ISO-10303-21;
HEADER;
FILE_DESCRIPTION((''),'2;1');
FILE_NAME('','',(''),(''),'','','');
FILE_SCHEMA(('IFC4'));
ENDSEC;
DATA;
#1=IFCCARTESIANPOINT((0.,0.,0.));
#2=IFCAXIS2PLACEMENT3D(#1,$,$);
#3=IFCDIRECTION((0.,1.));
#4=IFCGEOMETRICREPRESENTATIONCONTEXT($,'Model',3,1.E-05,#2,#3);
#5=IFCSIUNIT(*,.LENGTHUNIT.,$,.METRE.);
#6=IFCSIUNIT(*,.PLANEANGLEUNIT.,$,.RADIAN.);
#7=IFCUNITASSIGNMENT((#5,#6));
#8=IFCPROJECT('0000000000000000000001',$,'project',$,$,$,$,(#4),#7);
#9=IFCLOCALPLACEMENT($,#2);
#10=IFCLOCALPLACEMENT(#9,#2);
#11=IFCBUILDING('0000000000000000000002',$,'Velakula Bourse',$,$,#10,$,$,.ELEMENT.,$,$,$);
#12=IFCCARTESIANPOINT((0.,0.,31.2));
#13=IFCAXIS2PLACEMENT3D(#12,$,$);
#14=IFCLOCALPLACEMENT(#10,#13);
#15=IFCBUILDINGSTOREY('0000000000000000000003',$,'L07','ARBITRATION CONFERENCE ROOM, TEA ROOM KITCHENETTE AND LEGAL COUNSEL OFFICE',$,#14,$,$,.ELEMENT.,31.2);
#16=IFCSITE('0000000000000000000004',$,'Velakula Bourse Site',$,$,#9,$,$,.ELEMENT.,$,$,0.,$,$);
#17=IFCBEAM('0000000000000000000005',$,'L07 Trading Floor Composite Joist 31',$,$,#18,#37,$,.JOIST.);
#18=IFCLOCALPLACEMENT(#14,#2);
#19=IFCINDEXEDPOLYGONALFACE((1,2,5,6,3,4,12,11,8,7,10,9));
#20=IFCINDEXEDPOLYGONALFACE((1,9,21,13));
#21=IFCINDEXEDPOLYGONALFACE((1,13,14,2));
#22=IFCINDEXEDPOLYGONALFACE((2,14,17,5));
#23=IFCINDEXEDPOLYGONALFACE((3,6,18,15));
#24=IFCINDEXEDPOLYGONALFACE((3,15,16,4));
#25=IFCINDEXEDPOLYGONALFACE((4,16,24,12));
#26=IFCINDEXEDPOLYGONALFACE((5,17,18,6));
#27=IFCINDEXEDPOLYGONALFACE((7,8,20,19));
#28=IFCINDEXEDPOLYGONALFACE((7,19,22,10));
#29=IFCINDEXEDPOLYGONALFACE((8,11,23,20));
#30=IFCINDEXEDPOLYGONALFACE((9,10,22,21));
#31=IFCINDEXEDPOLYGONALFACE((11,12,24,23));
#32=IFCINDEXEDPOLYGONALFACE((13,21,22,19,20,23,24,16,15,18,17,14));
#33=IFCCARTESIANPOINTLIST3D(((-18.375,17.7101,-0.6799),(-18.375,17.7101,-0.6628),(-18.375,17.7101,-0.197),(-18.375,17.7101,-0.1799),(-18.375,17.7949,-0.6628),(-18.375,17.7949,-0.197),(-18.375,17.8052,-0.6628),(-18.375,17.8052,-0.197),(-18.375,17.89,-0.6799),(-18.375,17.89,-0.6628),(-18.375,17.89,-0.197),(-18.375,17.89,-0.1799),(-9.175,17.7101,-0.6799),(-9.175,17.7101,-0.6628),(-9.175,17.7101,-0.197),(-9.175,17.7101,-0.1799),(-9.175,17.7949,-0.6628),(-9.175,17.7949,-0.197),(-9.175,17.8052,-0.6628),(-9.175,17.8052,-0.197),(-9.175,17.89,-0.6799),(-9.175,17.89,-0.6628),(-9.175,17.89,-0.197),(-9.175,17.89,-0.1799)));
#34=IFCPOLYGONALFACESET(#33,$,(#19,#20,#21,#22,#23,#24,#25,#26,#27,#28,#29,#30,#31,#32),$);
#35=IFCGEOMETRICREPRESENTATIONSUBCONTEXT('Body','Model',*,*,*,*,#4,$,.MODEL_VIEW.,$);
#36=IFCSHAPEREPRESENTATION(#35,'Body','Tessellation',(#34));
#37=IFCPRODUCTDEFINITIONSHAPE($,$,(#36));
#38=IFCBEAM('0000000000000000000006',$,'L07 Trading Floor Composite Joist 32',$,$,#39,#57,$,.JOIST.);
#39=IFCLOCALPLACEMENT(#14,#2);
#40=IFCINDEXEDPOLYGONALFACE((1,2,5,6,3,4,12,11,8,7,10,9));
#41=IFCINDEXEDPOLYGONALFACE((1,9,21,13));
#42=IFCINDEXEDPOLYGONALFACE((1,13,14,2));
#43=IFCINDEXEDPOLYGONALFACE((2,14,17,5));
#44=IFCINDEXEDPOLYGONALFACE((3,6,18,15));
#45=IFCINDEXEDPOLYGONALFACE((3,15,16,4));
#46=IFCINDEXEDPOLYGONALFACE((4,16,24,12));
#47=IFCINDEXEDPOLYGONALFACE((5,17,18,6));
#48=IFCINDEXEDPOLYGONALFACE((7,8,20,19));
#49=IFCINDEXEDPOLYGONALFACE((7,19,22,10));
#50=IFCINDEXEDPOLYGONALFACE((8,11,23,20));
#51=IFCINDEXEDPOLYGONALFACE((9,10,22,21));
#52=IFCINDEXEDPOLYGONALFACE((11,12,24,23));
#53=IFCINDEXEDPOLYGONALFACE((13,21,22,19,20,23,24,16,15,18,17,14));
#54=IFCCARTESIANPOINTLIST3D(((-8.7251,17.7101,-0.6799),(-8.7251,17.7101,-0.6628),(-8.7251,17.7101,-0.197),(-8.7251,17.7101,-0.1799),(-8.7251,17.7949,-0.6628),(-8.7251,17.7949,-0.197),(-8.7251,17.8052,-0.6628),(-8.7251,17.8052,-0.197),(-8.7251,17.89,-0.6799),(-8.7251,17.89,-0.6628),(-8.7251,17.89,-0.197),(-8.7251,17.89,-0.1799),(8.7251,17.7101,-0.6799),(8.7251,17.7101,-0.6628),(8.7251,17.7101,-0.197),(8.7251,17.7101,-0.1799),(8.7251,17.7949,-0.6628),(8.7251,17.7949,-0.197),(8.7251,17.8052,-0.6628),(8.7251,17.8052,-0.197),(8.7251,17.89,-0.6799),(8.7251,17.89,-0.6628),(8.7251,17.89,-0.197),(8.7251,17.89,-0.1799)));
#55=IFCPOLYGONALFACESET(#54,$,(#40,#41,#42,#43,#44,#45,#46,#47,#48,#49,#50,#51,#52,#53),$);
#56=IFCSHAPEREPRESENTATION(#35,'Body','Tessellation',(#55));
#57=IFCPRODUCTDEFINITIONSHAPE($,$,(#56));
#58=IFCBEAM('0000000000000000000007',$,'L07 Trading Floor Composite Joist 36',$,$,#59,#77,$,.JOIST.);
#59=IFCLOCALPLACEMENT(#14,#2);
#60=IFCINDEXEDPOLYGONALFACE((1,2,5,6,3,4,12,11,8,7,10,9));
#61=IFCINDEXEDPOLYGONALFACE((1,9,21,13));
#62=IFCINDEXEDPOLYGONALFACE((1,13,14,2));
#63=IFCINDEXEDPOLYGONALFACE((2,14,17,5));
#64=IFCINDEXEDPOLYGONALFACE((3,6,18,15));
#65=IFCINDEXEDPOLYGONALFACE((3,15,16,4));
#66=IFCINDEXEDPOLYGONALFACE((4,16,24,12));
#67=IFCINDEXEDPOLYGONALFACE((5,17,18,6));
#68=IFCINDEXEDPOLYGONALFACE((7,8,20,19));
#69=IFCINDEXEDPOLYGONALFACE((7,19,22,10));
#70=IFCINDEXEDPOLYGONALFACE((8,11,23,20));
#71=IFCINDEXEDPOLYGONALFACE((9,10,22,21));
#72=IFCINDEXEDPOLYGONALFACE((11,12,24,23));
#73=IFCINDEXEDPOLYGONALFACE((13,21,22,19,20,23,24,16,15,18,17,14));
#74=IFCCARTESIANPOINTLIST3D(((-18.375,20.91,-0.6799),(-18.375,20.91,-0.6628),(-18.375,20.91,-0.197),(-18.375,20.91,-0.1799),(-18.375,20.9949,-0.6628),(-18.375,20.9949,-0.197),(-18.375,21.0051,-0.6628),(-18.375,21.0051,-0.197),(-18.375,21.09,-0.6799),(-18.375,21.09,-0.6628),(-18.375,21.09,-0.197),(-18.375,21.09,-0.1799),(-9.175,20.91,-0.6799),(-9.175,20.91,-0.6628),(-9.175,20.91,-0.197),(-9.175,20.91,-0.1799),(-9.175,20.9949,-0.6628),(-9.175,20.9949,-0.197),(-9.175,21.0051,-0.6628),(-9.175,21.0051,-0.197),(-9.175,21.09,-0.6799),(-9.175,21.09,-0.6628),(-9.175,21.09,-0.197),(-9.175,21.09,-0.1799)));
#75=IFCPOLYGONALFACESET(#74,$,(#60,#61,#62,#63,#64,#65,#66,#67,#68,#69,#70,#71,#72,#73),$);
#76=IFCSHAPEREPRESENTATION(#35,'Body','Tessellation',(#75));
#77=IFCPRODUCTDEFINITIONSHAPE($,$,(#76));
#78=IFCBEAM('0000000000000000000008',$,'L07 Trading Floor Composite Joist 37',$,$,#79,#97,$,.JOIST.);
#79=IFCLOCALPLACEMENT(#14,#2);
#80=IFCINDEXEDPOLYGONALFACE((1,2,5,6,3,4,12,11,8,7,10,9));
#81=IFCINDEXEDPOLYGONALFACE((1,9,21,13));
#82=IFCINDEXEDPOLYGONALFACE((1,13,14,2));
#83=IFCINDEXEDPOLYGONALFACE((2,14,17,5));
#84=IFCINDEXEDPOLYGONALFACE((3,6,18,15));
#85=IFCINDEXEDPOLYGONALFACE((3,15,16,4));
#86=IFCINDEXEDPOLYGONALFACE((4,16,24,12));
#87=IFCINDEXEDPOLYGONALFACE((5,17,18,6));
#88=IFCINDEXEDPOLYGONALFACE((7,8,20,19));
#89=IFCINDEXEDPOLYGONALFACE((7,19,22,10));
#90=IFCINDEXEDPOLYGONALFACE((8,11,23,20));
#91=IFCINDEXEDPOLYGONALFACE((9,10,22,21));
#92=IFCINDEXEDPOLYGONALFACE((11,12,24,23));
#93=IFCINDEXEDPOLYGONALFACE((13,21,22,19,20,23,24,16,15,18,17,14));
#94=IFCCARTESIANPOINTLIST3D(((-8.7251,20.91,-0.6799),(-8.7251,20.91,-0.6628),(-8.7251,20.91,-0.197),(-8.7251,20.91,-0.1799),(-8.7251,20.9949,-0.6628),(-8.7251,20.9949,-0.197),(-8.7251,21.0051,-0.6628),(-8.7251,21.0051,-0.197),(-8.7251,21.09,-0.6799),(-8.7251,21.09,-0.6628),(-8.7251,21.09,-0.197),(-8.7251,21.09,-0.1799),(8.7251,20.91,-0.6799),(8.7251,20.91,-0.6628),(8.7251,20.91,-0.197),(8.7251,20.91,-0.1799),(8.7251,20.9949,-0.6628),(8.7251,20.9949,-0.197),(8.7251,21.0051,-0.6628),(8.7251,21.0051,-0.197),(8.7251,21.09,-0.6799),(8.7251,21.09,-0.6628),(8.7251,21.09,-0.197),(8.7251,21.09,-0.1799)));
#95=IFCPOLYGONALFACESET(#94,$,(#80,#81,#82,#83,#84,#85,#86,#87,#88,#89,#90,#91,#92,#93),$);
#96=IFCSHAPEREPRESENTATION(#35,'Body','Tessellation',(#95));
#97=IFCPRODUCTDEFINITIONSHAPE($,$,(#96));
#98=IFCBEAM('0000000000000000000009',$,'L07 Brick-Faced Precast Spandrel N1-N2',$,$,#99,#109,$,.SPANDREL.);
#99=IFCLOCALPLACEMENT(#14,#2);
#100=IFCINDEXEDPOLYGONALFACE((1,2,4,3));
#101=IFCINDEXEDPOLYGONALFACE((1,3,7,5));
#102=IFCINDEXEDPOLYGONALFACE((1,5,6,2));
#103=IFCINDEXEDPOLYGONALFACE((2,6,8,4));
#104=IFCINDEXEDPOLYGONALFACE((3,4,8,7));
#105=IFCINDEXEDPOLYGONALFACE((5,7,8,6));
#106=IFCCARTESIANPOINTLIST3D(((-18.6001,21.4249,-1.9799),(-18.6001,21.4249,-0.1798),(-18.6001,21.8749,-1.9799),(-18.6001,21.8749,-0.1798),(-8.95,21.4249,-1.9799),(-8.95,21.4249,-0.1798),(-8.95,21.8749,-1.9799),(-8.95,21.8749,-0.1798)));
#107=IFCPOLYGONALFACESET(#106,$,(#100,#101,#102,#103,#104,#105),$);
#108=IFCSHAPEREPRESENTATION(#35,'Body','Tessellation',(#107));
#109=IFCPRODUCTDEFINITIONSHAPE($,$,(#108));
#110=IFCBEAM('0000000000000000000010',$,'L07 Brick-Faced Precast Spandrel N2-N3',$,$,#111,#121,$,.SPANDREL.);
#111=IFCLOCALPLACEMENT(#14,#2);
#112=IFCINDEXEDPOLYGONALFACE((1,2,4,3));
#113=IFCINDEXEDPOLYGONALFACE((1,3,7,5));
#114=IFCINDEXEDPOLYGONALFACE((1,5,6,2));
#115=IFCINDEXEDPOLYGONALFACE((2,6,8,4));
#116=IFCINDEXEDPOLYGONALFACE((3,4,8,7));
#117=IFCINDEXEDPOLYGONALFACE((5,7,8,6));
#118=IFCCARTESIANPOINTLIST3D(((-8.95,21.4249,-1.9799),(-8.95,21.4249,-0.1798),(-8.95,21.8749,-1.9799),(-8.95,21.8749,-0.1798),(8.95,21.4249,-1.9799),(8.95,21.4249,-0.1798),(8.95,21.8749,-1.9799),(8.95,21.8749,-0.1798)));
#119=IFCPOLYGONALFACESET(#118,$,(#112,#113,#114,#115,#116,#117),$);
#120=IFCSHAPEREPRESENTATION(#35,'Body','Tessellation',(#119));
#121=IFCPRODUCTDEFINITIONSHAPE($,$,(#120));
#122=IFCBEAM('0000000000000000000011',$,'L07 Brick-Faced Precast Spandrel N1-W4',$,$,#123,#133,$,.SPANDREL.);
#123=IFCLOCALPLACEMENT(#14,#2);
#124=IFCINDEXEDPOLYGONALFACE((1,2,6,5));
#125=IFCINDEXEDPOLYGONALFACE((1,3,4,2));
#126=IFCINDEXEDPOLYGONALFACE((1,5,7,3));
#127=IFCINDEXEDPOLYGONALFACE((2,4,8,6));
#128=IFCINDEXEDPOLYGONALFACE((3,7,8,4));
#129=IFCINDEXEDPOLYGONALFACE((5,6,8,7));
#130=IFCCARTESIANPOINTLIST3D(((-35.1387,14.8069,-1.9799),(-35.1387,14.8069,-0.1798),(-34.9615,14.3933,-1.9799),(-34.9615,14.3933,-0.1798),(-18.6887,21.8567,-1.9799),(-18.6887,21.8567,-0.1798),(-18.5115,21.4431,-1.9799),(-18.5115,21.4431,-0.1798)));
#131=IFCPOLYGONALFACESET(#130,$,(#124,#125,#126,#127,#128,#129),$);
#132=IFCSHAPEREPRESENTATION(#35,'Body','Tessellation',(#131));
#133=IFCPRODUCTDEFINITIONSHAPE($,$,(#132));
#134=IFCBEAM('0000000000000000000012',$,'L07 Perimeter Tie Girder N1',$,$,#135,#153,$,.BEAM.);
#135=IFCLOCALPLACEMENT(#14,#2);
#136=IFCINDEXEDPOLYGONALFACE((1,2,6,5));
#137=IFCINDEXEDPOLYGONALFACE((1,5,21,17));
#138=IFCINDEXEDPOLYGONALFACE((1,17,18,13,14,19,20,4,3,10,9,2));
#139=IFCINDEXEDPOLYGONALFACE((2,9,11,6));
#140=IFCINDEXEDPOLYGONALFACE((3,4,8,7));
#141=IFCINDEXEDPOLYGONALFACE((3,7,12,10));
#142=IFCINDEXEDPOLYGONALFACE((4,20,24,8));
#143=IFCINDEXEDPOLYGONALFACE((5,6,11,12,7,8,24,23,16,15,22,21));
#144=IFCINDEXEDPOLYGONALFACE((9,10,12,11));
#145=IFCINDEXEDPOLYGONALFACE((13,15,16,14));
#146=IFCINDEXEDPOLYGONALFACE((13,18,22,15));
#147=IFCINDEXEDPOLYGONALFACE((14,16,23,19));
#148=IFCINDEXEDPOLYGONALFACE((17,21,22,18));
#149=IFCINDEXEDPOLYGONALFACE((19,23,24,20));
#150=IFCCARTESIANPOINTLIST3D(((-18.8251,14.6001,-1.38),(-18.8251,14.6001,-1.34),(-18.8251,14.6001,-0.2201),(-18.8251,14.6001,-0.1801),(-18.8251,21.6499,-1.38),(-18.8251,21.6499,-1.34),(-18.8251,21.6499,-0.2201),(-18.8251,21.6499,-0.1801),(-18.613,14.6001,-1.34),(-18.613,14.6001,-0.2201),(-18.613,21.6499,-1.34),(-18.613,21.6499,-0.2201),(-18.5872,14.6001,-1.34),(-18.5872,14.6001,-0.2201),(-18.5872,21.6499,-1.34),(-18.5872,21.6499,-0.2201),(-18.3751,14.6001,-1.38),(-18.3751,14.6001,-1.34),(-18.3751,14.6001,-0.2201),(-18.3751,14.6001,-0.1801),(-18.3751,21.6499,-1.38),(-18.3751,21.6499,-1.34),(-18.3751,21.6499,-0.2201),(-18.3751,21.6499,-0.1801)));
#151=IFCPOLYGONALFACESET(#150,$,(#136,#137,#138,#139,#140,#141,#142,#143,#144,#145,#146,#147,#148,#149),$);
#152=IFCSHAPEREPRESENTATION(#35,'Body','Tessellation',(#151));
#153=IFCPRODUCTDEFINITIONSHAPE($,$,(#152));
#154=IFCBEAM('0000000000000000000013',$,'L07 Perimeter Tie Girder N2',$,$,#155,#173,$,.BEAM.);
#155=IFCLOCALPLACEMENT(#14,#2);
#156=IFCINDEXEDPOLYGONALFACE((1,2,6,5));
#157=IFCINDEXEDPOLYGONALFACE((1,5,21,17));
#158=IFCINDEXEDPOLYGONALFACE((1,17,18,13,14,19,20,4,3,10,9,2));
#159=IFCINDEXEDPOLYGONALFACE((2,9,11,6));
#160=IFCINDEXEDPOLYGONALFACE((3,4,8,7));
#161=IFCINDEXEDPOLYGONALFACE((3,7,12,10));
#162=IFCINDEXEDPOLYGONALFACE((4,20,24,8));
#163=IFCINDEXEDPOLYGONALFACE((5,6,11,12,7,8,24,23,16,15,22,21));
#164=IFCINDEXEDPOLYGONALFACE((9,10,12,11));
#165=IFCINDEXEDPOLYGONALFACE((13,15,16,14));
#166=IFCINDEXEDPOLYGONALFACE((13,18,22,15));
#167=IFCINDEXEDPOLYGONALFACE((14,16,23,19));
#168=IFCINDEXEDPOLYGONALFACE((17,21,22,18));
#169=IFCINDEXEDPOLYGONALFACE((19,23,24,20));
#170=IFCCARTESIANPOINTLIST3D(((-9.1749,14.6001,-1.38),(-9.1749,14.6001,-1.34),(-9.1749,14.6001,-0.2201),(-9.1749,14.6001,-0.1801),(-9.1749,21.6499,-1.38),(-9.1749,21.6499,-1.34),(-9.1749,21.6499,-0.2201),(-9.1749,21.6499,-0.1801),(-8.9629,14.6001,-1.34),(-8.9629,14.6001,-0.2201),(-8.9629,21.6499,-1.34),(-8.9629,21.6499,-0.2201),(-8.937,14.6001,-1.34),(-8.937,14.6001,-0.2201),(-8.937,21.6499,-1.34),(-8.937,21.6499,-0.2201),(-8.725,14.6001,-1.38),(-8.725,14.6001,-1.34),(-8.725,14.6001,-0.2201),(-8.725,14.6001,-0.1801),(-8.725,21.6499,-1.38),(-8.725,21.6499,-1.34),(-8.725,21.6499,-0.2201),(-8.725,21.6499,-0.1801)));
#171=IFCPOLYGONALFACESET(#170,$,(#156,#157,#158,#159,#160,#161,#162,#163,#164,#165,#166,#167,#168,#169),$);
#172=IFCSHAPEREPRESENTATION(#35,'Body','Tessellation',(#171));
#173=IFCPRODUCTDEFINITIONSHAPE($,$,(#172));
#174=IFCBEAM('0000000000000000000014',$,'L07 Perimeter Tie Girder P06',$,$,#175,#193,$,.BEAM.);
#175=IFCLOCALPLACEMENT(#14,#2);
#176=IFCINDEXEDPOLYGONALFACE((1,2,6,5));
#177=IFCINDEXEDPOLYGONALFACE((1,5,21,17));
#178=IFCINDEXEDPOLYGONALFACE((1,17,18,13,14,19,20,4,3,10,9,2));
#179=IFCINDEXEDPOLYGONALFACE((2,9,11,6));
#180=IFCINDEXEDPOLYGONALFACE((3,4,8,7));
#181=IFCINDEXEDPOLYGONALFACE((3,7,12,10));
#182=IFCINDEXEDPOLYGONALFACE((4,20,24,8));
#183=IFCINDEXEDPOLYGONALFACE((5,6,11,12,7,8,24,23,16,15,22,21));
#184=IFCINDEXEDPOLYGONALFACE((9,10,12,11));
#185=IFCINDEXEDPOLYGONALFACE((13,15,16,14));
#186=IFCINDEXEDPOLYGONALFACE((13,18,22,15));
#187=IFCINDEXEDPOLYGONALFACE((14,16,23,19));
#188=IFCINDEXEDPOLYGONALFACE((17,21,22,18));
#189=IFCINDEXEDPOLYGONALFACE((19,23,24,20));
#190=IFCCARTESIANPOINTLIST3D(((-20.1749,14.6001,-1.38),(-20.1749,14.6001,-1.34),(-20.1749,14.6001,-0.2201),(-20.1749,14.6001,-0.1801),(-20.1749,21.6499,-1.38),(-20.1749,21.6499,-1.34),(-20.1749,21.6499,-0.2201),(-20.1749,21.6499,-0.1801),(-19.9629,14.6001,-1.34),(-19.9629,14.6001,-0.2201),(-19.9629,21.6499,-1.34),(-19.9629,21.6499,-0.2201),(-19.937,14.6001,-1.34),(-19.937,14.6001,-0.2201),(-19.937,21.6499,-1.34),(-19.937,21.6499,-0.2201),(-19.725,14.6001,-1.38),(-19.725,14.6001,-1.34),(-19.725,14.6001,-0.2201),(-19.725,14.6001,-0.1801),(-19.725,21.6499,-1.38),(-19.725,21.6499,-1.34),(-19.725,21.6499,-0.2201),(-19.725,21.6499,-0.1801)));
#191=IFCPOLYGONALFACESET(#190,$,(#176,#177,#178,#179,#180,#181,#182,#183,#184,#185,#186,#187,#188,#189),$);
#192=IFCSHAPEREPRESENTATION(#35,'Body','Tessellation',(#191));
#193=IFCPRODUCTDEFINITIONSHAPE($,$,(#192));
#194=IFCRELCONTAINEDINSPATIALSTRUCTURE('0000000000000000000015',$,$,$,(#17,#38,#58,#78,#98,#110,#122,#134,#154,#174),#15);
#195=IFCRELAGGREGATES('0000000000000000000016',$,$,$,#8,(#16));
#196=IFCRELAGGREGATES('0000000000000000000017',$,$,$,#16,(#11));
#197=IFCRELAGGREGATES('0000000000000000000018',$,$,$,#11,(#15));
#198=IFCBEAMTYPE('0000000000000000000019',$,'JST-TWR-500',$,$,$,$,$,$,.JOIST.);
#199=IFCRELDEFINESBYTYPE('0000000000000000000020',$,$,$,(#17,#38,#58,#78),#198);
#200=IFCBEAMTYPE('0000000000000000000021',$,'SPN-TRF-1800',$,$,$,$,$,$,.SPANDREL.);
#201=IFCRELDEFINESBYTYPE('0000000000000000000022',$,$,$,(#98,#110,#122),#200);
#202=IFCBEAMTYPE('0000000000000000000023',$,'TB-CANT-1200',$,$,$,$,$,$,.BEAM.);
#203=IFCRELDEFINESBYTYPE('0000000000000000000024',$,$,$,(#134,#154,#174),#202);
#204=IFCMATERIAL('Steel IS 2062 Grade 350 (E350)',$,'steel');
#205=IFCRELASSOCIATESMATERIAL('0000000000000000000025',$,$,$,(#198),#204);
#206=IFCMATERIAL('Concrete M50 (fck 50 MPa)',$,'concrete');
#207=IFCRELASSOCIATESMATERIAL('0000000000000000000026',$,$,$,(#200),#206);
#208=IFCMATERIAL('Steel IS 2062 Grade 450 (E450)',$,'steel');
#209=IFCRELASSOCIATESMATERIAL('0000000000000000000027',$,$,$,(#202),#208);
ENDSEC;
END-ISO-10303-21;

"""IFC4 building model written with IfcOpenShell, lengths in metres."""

from ifc_helpers import new_model, si_unit, direction, frame, origin, origin_2d, place, context, subcontext, project, spatial, rectangle, i_section, extrude, material, material_profile, profile_set, type_object, element, save


model = new_model("IFC4")

# Units and contexts
model_context = context("Model", 3, precision=1e-05, world=origin(), true_north=direction((0.0, 1.0)))
body_context = subcontext(model_context, "Body", "Model", "MODEL_VIEW")
ifc_project = project(units=[si_unit("LENGTHUNIT", "METRE"), si_unit("PLANEANGLEUNIT", "RADIAN")], contexts=[model_context])

# Site, building, storey
site_placement = place(None, origin())
site = spatial("IfcSite", under=ifc_project, at=site_placement, Name="Velakula Bourse Site", CompositionType="ELEMENT", RefElevation=0.0)
building_placement = place(site_placement, origin())
building = spatial("IfcBuilding", under=site, at=building_placement, Name="Velakula Bourse", CompositionType="ELEMENT")
storey_placement = place(building_placement, frame((0.0, 0.0, 31.2)))
storey = spatial("IfcBuildingStorey", under=building, at=storey_placement, Name="L07", Description="ARBITRATION CONFERENCE ROOM, TEA ROOM KITCHENETTE AND LEGAL COUNSEL OFFICE", CompositionType="ELEMENT", Elevation=31.2)

# Shared definitions
ifc_material_1 = material(Name="Steel IS 2062 Grade 450 (E450)", Category="steel")

# Beams
ifc_material_2 = material(Name="Steel IS 2062 Grade 350 (E350)", Category="steel")
ifc_material_profile_1 = material_profile(ifc_material_2, i_section(OverallWidth=0.1799, OverallDepth=0.5, WebThickness=0.0103, FlangeThickness=0.0171, at=origin_2d()), Name="Steel IS 2062 Grade 350 (E350)")
ifc_profile_set_1 = profile_set([ifc_material_profile_1], Name="Steel IS 2062 Grade 350 (E350)")
beam_type_1 = type_object("IfcBeamType", Name="JST-TWR-500", PredefinedType="JOIST", material=ifc_profile_set_1)
beam_1_placement = place(storey_placement, frame((-18.375, 17.8, -0.4299), z_axis=(1.0, 0.0, 0.0), x_axis=(0.0, 1.0, 0.0)))
element("IfcBeam", 1, at=beam_1_placement, inside=storey, type_object=beam_type_1, Name="L07 Trading Floor Composite Joist 31", PredefinedType="JOIST", context=body_context, shape_type="SweptSolid", body=[
    extrude(i_section(OverallWidth=0.1799, OverallDepth=0.5, WebThickness=0.0103, FlangeThickness=0.0171, at=origin_2d()), origin(), (0.0, 0.0, 1.0), 9.2),
])
beam_2_placement = place(storey_placement, frame((-8.7251, 17.8, -0.4299), z_axis=(1.0, 0.0, 0.0), x_axis=(0.0, 1.0, 0.0)))
element("IfcBeam", 2, at=beam_2_placement, inside=storey, type_object=beam_type_1, Name="L07 Trading Floor Composite Joist 32", PredefinedType="JOIST", context=body_context, shape_type="SweptSolid", body=[
    extrude(i_section(OverallWidth=0.1799, OverallDepth=0.5, WebThickness=0.0103, FlangeThickness=0.0171, at=origin_2d()), origin(), (0.0, 0.0, 1.0), 17.4502),
])
beam_3_placement = place(storey_placement, frame((-18.375, 21.0, -0.4299), z_axis=(1.0, 0.0, 0.0), x_axis=(0.0, 1.0, 0.0)))
element("IfcBeam", 3, at=beam_3_placement, inside=storey, type_object=beam_type_1, Name="L07 Trading Floor Composite Joist 36", PredefinedType="JOIST", context=body_context, shape_type="SweptSolid", body=[
    extrude(i_section(OverallWidth=0.1799, OverallDepth=0.5, WebThickness=0.0103, FlangeThickness=0.0171, at=origin_2d()), origin(), (0.0, 0.0, 1.0), 9.2),
])
beam_4_placement = place(storey_placement, frame((-8.7251, 21.0, -0.4299), z_axis=(1.0, 0.0, 0.0), x_axis=(0.0, 1.0, 0.0)))
element("IfcBeam", 4, at=beam_4_placement, inside=storey, type_object=beam_type_1, Name="L07 Trading Floor Composite Joist 37", PredefinedType="JOIST", context=body_context, shape_type="SweptSolid", body=[
    extrude(i_section(OverallWidth=0.1799, OverallDepth=0.5, WebThickness=0.0103, FlangeThickness=0.0171, at=origin_2d()), origin(), (0.0, 0.0, 1.0), 17.4502),
])
ifc_material_3 = material(Name="Concrete M50 (fck 50 MPa)", Category="concrete")
ifc_material_profile_2 = material_profile(ifc_material_3, rectangle(XDim=0.45, YDim=1.8, at=origin_2d()), Name="Concrete M50 (fck 50 MPa)")
ifc_profile_set_2 = profile_set([ifc_material_profile_2], Name="Concrete M50 (fck 50 MPa)")
beam_type_2 = type_object("IfcBeamType", Name="SPN-TRF-1800", PredefinedType="SPANDREL", material=ifc_profile_set_2)
beam_5_placement = place(storey_placement, frame((-18.6001, 21.6499, -1.0798), z_axis=(1.0, 0.0, 0.0), x_axis=(0.0, 1.0, 0.0)))
element("IfcBeam", 5, at=beam_5_placement, inside=storey, type_object=beam_type_2, Name="L07 Brick-Faced Precast Spandrel N1-N2", PredefinedType="SPANDREL", context=body_context, shape_type="SweptSolid", body=[
    extrude(rectangle(XDim=0.45, YDim=1.8, at=origin_2d()), origin(), (0.0, 0.0, 1.0), 9.6501),
])
beam_6_placement = place(storey_placement, frame((-8.95, 21.6499, -1.0798), z_axis=(1.0, 0.0, 0.0), x_axis=(0.0, 1.0, 0.0)))
element("IfcBeam", 6, at=beam_6_placement, inside=storey, type_object=beam_type_2, Name="L07 Brick-Faced Precast Spandrel N2-N3", PredefinedType="SPANDREL", context=body_context, shape_type="SweptSolid", body=[
    extrude(rectangle(XDim=0.45, YDim=1.8, at=origin_2d()), origin(), (0.0, 0.0, 1.0), 17.8999),
])
beam_7_placement = place(storey_placement, frame((-18.6001, 21.6499, -1.0798), z_axis=(-0.919149, -0.393911, 0.0), x_axis=(0.393911, -0.919149, 0.0)))
element("IfcBeam", 7, at=beam_7_placement, inside=storey, type_object=beam_type_2, Name="L07 Brick-Faced Precast Spandrel N1-W4", PredefinedType="SPANDREL", context=body_context, shape_type="SweptSolid", body=[
    extrude(rectangle(XDim=0.45, YDim=1.8, at=origin_2d()), origin(), (0.0, 0.0, 1.0), 17.897),
])
ifc_material_profile_3 = material_profile(ifc_material_1, i_section(OverallWidth=0.45, OverallDepth=1.2, WebThickness=0.0259, FlangeThickness=0.04, at=origin_2d()), Name="Steel IS 2062 Grade 450 (E450)")
ifc_profile_set_3 = profile_set([ifc_material_profile_3], Name="Steel IS 2062 Grade 450 (E450)")
beam_type_3 = type_object("IfcBeamType", Name="TB-CANT-1200", PredefinedType="BEAM", material=ifc_profile_set_3)
for number, where, z_axis, x_axis, name in (
    (8, (-18.6001, 14.6001, -0.78), (0.0, 1.0, 0.0), (-1.0, 0.0, 0.0), "L07 Perimeter Tie Girder N1"),
    (9, (-8.95, 14.6001, -0.78), (0.0, 1.0, 0.0), (-1.0, 0.0, 0.0), "L07 Perimeter Tie Girder N2"),
    (10, (-19.95, 14.6001, -0.78), (0.0, 1.0, 0.0), (-1.0, 0.0, 0.0), "L07 Perimeter Tie Girder P06"),
):
    element("IfcBeam", number, at=place(storey_placement, frame(where, z_axis=z_axis, x_axis=x_axis)), inside=storey, type_object=beam_type_3, Name=name, PredefinedType="BEAM", context=body_context, shape_type="SweptSolid", body=[
        extrude(i_section(OverallWidth=0.45, OverallDepth=1.2, WebThickness=0.0259, FlangeThickness=0.04, at=origin_2d()), origin(), (0.0, 0.0, 1.0), 7.0498),
    ])

save(model, "model.ifc")
